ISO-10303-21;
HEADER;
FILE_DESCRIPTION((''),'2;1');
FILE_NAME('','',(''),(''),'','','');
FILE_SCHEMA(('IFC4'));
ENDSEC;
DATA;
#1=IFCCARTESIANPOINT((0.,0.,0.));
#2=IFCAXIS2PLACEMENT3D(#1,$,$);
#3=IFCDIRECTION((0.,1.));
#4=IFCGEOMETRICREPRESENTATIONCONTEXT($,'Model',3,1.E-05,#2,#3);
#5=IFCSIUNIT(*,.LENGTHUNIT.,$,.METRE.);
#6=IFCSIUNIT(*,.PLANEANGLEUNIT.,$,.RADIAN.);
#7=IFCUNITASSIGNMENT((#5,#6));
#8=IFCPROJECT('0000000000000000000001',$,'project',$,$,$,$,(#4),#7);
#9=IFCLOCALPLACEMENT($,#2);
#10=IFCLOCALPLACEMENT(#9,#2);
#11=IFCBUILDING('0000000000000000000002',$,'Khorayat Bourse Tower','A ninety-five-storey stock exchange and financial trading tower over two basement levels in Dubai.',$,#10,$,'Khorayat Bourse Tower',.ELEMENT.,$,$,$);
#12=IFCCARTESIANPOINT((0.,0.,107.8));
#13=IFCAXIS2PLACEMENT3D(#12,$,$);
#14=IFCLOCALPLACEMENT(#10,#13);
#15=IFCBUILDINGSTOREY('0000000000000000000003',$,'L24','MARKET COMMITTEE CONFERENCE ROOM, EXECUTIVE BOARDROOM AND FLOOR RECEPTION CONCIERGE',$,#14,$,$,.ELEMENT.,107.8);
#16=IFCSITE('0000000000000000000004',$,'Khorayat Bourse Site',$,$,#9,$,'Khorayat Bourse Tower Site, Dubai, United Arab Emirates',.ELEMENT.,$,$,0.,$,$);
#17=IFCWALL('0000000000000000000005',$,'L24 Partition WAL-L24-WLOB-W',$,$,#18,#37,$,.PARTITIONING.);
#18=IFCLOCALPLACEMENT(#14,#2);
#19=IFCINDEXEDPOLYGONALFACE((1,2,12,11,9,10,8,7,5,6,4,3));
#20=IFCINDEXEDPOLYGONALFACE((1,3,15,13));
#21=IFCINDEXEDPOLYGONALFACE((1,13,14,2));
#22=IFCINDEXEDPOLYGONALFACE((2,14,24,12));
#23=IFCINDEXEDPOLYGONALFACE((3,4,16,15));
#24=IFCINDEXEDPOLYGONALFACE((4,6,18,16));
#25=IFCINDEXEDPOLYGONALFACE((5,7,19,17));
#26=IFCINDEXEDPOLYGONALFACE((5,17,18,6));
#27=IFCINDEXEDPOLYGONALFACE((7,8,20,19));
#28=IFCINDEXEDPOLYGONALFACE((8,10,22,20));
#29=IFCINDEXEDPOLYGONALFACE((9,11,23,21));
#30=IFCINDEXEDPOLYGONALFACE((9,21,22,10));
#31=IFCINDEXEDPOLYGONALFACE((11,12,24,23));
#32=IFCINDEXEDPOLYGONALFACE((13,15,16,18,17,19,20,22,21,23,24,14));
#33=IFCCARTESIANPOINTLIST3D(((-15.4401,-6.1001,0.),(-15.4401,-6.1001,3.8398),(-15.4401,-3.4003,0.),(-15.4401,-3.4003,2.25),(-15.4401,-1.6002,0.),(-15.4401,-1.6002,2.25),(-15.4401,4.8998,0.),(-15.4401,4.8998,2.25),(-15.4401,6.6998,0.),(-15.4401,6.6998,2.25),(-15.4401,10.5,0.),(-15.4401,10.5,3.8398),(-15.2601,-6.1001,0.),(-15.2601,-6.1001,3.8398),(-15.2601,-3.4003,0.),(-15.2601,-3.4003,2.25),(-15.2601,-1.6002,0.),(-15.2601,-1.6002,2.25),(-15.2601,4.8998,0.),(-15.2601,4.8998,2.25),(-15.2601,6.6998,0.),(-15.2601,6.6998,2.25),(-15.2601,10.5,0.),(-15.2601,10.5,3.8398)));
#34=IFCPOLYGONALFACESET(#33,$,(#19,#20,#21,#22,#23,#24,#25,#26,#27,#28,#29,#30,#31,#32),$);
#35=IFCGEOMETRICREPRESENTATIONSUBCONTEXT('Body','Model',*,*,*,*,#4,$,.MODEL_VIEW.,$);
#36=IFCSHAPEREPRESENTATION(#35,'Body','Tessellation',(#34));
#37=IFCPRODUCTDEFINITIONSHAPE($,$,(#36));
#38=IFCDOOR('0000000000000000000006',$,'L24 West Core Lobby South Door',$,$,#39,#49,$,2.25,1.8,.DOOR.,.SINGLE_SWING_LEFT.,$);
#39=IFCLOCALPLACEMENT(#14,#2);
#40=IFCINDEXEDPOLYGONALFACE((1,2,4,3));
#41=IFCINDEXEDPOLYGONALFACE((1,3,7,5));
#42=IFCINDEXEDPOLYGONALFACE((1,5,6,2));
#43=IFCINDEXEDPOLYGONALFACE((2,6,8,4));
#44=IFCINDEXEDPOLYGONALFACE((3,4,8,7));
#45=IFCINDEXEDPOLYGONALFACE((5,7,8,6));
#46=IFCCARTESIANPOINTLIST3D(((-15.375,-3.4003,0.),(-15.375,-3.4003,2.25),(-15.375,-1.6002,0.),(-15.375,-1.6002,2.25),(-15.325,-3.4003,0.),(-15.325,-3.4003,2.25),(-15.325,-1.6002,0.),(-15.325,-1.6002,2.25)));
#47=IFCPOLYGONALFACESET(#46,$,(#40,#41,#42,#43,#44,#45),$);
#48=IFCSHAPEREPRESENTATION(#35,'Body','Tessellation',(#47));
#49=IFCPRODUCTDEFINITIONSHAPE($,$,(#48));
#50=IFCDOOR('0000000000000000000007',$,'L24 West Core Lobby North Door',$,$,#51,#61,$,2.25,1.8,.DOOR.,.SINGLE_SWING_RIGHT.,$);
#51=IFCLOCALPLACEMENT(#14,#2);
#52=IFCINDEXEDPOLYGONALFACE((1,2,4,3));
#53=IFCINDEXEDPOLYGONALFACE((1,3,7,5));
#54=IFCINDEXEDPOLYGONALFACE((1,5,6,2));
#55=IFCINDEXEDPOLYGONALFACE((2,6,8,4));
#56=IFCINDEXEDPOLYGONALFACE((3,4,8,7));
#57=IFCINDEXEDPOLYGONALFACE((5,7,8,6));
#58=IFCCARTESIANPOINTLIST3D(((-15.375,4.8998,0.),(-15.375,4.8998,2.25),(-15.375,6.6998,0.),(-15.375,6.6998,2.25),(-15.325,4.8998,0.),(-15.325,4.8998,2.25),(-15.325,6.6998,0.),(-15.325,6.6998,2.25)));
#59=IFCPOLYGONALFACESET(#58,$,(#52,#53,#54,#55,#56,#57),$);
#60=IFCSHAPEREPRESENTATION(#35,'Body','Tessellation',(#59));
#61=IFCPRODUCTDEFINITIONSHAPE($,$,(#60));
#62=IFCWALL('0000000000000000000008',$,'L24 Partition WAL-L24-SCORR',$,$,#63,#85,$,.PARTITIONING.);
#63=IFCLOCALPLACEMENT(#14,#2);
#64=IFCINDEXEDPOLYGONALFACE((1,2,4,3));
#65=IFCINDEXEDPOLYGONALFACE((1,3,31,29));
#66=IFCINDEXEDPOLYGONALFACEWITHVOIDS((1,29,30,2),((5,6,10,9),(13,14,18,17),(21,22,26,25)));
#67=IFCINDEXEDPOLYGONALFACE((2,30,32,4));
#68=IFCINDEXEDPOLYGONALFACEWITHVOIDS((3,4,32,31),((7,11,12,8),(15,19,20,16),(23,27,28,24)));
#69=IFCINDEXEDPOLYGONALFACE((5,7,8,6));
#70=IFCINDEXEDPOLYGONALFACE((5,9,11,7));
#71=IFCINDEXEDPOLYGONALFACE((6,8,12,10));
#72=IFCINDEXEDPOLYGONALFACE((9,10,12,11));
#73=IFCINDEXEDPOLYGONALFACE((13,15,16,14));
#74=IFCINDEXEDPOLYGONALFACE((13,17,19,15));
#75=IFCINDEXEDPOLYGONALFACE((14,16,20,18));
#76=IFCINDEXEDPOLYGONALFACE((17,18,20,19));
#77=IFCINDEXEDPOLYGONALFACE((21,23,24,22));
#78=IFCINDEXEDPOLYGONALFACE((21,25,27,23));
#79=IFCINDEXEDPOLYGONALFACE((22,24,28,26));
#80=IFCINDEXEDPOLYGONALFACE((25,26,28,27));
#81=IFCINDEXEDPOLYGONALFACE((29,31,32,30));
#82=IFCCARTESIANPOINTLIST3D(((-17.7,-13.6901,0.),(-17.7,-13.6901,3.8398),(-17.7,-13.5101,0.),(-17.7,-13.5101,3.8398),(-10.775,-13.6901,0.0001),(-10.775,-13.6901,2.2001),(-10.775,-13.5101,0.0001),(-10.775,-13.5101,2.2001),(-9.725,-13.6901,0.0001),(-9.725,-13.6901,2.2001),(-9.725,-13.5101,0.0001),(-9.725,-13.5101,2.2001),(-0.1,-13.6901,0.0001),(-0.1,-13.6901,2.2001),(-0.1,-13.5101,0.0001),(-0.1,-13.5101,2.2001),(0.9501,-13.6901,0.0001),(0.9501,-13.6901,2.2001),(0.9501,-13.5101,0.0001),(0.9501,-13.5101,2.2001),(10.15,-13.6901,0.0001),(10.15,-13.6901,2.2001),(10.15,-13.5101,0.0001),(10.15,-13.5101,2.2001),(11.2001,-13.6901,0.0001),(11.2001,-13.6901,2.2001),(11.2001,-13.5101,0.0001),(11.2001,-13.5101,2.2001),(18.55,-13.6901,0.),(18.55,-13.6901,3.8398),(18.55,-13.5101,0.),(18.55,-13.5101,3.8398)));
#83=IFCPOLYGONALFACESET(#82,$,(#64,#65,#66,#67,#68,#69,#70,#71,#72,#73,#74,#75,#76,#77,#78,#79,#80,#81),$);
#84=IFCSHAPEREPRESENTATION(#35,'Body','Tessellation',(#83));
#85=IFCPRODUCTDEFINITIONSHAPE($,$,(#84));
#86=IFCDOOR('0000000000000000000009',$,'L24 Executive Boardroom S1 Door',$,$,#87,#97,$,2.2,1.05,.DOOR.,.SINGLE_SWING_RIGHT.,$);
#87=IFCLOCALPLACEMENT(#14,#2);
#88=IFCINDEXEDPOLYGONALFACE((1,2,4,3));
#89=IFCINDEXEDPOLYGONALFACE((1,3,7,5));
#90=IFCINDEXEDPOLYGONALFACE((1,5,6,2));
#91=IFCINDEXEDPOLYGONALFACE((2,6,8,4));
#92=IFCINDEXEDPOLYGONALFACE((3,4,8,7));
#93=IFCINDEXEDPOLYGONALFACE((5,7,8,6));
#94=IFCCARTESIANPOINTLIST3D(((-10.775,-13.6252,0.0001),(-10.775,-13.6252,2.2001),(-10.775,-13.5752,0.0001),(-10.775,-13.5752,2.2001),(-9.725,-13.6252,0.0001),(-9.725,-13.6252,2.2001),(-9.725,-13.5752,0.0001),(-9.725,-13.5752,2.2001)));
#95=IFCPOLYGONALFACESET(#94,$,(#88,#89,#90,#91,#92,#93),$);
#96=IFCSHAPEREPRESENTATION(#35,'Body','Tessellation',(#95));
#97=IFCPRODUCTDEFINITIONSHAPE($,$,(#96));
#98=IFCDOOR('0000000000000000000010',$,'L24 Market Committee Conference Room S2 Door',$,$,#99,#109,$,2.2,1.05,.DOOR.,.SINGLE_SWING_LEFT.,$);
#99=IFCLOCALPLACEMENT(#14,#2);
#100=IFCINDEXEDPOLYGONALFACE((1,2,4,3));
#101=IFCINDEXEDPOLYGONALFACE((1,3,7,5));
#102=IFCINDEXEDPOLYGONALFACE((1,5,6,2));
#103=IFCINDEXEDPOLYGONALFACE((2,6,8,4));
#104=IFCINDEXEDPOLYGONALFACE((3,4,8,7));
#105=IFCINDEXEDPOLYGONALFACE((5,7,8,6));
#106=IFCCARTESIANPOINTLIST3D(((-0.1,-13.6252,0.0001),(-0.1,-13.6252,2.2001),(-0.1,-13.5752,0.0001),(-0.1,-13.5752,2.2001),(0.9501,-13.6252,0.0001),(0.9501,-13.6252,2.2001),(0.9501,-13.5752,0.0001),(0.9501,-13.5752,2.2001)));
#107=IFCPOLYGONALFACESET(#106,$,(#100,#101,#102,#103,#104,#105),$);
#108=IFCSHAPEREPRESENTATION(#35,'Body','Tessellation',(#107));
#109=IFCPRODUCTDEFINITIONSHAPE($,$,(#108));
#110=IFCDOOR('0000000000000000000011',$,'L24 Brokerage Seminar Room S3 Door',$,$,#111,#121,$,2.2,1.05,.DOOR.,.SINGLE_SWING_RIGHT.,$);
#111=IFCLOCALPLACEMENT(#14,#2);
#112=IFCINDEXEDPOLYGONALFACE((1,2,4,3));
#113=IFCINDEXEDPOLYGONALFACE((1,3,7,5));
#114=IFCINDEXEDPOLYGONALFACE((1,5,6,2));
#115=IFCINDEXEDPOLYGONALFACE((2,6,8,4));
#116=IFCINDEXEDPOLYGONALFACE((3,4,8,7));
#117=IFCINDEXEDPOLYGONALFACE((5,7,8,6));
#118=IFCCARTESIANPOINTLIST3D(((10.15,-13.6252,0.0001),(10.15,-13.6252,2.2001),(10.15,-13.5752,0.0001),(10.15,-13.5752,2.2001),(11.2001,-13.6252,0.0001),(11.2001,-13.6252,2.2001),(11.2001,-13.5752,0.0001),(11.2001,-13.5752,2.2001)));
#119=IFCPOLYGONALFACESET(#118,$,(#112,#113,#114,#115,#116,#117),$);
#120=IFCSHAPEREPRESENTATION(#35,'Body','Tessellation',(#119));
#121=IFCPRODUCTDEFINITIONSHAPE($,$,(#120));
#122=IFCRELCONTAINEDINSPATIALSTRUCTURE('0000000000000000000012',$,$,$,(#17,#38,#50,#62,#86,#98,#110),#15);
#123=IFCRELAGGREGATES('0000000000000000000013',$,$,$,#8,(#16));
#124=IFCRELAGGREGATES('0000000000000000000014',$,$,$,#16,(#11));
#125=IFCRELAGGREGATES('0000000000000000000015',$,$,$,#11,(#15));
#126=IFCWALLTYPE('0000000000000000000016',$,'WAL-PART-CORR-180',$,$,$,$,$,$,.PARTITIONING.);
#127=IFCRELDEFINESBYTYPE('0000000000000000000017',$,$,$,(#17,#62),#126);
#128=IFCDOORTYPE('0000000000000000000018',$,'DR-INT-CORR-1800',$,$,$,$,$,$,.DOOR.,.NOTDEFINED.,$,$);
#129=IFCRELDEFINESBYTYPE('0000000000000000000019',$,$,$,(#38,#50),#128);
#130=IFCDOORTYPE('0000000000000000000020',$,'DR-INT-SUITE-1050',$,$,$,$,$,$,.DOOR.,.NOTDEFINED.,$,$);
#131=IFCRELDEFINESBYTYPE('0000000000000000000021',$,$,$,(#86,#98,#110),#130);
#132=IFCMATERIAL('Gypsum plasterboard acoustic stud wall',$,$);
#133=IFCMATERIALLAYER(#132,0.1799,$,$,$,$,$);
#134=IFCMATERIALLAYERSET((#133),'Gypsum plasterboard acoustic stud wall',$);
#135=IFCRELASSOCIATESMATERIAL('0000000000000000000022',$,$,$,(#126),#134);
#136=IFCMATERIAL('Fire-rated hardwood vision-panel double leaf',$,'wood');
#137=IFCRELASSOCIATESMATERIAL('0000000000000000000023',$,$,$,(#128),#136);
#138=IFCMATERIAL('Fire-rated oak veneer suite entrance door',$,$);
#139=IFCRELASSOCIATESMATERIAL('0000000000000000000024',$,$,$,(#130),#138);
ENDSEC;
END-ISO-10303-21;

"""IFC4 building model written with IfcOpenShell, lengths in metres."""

from ifc_helpers import new_model, si_unit, direction, frame, frame_2d, origin, place, context, subcontext, project, spatial, rectangle, extrude, source, transform, mapped, material, layer, layer_set, type_object, element, fill, save


model = new_model("IFC4")

# Units and contexts
model_context = context("Model", 3, precision=1e-05, world=origin(), true_north=direction((0.0, 1.0)))
body_context = subcontext(model_context, "Body", "Model", "MODEL_VIEW")
ifc_project = project(units=[si_unit("LENGTHUNIT", "METRE"), si_unit("PLANEANGLEUNIT", "RADIAN")], contexts=[model_context])

# Site, building, storey
site_placement = place(None, origin())
site = spatial("IfcSite", under=ifc_project, at=site_placement, Name="Khorayat Bourse Site", LongName="Khorayat Bourse Tower Site, Dubai, United Arab Emirates", CompositionType="ELEMENT", RefElevation=0.0)
building_placement = place(site_placement, origin())
building = spatial("IfcBuilding", under=site, at=building_placement, Name="Khorayat Bourse Tower", Description="A ninety-five-storey stock exchange and financial trading tower over two basement levels in Dubai.", LongName="Khorayat Bourse Tower", CompositionType="ELEMENT")
storey_placement = place(building_placement, frame((0.0, 0.0, 107.8)))
storey = spatial("IfcBuildingStorey", under=building, at=storey_placement, Name="L24", Description="MARKET COMMITTEE CONFERENCE ROOM, EXECUTIVE BOARDROOM AND FLOOR RECEPTION CONCIERGE", CompositionType="ELEMENT", Elevation=107.8)

# Walls, openings, doors
ifc_material_1 = material(Name="Gypsum plasterboard acoustic stud wall")
ifc_layer_1 = layer(ifc_material_1, 0.1799)
ifc_layer_set_1 = layer_set([ifc_layer_1], Name="Gypsum plasterboard acoustic stud wall")
wall_type_1 = type_object("IfcWallType", Name="WAL-PART-CORR-180", PredefinedType="PARTITIONING", material=ifc_layer_set_1)
shared_shape_1 = source(origin(), body_context, "Body", "SweptSolid", [
    extrude(rectangle(XDim=16.6001, YDim=0.1799, at=frame_2d((8.3, 0.0))), origin(), (0.0, 0.0, 1.0), 3.8398),
])
wall_1_placement = place(storey_placement, frame((-15.3501, -6.1001, 0.0), z_axis=(0.0, 0.0, 1.0), x_axis=(0.0, 1.0, 0.0)))
wall_1 = element("IfcWall", 1, at=wall_1_placement, inside=storey, type_object=wall_type_1, Name="L24 Partition WAL-L24-WLOB-W", PredefinedType="PARTITIONING", context=body_context, shape_type="MappedRepresentation", body=[
    mapped(shared_shape_1, transform((0.0, 0.0, 0.0), scale=1.0)),
])
shared_shape_2 = source(origin(), body_context, "Body", "SweptSolid", [
    extrude(rectangle(XDim=1.8, YDim=2.25, at=frame_2d((0.8999, 1.125))), frame((0.0, 0.0999, 0.0), z_axis=(0.0, -1.0, 0.0), x_axis=(1.0, 0.0, 0.0)), (0.0, 0.0, 1.0), 0.2),
])
opening_1_placement = place(wall_1_placement, frame((2.7, 0.0, 0.0)))
opening_1 = element("IfcOpeningElement", 2, at=opening_1_placement, cuts=wall_1, PredefinedType="OPENING", context=body_context, shape_type="MappedRepresentation", body=[
    mapped(shared_shape_2, transform((0.0, 0.0, 0.0), scale=1.0)),
])
opening_2_placement = place(wall_1_placement, frame((11.0, 0.0, 0.0)))
opening_2 = element("IfcOpeningElement", 3, at=opening_2_placement, cuts=wall_1, PredefinedType="OPENING", context=body_context, shape_type="MappedRepresentation", body=[
    mapped(shared_shape_2, transform((0.0, 0.0, 0.0), scale=1.0)),
])
ifc_material_2 = material(Name="Fire-rated hardwood vision-panel double leaf", Category="wood")
door_type_1 = type_object("IfcDoorType", Name="DR-INT-CORR-1800", OperationType="NOTDEFINED", PredefinedType="DOOR", material=ifc_material_2)
shared_shape_3 = source(origin(), body_context, "Body", "SweptSolid", [
    extrude(rectangle(XDim=1.8, YDim=2.25, at=frame_2d((0.8999, 1.125))), frame((0.0, 0.0249, 0.0), z_axis=(0.0, -1.0, 0.0), x_axis=(1.0, 0.0, 0.0)), (0.0, 0.0, 1.0), 0.05),
])
door_1_placement = place(opening_1_placement, origin())
door_1 = element("IfcDoor", 4, at=door_1_placement, inside=storey, type_object=door_type_1, Name="L24 West Core Lobby South Door", OperationType="SINGLE_SWING_LEFT", OverallHeight=2.25, OverallWidth=1.8, PredefinedType="DOOR", context=body_context, shape_type="MappedRepresentation", body=[
    mapped(shared_shape_3, transform((0.0, 0.0, 0.0), scale=1.0)),
])
fill(opening_1, door_1)
door_2_placement = place(opening_2_placement, origin())
door_2 = element("IfcDoor", 5, at=door_2_placement, inside=storey, type_object=door_type_1, Name="L24 West Core Lobby North Door", OperationType="SINGLE_SWING_RIGHT", OverallHeight=2.25, OverallWidth=1.8, PredefinedType="DOOR", context=body_context, shape_type="MappedRepresentation", body=[
    mapped(shared_shape_3, transform((0.0, 0.0, 0.0), scale=1.0)),
])
fill(opening_2, door_2)
shared_shape_4 = source(origin(), body_context, "Body", "SweptSolid", [
    extrude(rectangle(XDim=36.25, YDim=0.1799, at=frame_2d((18.125, 0.0))), origin(), (0.0, 0.0, 1.0), 3.8398),
])
wall_2_placement = place(storey_placement, frame((-17.7, -13.6001, 0.0), z_axis=(0.0, 0.0, 1.0), x_axis=(1.0, 0.0, 0.0)))
wall_2 = element("IfcWall", 6, at=wall_2_placement, inside=storey, type_object=wall_type_1, Name="L24 Partition WAL-L24-SCORR", PredefinedType="PARTITIONING", context=body_context, shape_type="MappedRepresentation", body=[
    mapped(shared_shape_4, transform((0.0, 0.0, 0.0), scale=1.0)),
])
shared_shape_5 = source(origin(), body_context, "Body", "SweptSolid", [
    extrude(rectangle(XDim=1.05, YDim=2.2, at=frame_2d((0.5249, 1.1001))), frame((0.0, 0.0999, 0.0), z_axis=(0.0, -1.0, 0.0), x_axis=(1.0, 0.0, 0.0)), (0.0, 0.0, 1.0), 0.2),
])
opening_3_placement = place(wall_2_placement, frame((6.925, 0.0, 0.0)))
opening_3 = element("IfcOpeningElement", 7, at=opening_3_placement, cuts=wall_2, PredefinedType="OPENING", context=body_context, shape_type="MappedRepresentation", body=[
    mapped(shared_shape_5, transform((0.0, 0.0, 0.0), scale=1.0)),
])
opening_4_placement = place(wall_2_placement, frame((17.6001, 0.0, 0.0)))
opening_4 = element("IfcOpeningElement", 8, at=opening_4_placement, cuts=wall_2, PredefinedType="OPENING", context=body_context, shape_type="MappedRepresentation", body=[
    mapped(shared_shape_5, transform((0.0, 0.0, 0.0), scale=1.0)),
])
opening_5_placement = place(wall_2_placement, frame((27.8501, 0.0, 0.0)))
opening_5 = element("IfcOpeningElement", 9, at=opening_5_placement, cuts=wall_2, PredefinedType="OPENING", context=body_context, shape_type="MappedRepresentation", body=[
    mapped(shared_shape_5, transform((0.0, 0.0, 0.0), scale=1.0)),
])
ifc_material_3 = material(Name="Fire-rated oak veneer suite entrance door")
door_type_2 = type_object("IfcDoorType", Name="DR-INT-SUITE-1050", OperationType="NOTDEFINED", PredefinedType="DOOR", material=ifc_material_3)
shared_shape_6 = source(origin(), body_context, "Body", "SweptSolid", [
    extrude(rectangle(XDim=1.05, YDim=2.2, at=frame_2d((0.5249, 1.1001))), frame((0.0, 0.0249, 0.0), z_axis=(0.0, -1.0, 0.0), x_axis=(1.0, 0.0, 0.0)), (0.0, 0.0, 1.0), 0.05),
])
door_3_placement = place(opening_3_placement, origin())
door_3 = element("IfcDoor", 10, at=door_3_placement, inside=storey, type_object=door_type_2, Name="L24 Executive Boardroom S1 Door", OperationType="SINGLE_SWING_RIGHT", OverallHeight=2.2, OverallWidth=1.05, PredefinedType="DOOR", context=body_context, shape_type="MappedRepresentation", body=[
    mapped(shared_shape_6, transform((0.0, 0.0, 0.0), scale=1.0)),
])
fill(opening_3, door_3)
door_4_placement = place(opening_4_placement, origin())
door_4 = element("IfcDoor", 11, at=door_4_placement, inside=storey, type_object=door_type_2, Name="L24 Market Committee Conference Room S2 Door", OperationType="SINGLE_SWING_LEFT", OverallHeight=2.2, OverallWidth=1.05, PredefinedType="DOOR", context=body_context, shape_type="MappedRepresentation", body=[
    mapped(shared_shape_6, transform((0.0, 0.0, 0.0), scale=1.0)),
])
fill(opening_4, door_4)
door_5_placement = place(opening_5_placement, origin())
door_5 = element("IfcDoor", 12, at=door_5_placement, inside=storey, type_object=door_type_2, Name="L24 Brokerage Seminar Room S3 Door", OperationType="SINGLE_SWING_RIGHT", OverallHeight=2.2, OverallWidth=1.05, PredefinedType="DOOR", context=body_context, shape_type="MappedRepresentation", body=[
    mapped(shared_shape_6, transform((0.0, 0.0, 0.0), scale=1.0)),
])
fill(opening_5, door_5)

save(model, "model.ifc")
